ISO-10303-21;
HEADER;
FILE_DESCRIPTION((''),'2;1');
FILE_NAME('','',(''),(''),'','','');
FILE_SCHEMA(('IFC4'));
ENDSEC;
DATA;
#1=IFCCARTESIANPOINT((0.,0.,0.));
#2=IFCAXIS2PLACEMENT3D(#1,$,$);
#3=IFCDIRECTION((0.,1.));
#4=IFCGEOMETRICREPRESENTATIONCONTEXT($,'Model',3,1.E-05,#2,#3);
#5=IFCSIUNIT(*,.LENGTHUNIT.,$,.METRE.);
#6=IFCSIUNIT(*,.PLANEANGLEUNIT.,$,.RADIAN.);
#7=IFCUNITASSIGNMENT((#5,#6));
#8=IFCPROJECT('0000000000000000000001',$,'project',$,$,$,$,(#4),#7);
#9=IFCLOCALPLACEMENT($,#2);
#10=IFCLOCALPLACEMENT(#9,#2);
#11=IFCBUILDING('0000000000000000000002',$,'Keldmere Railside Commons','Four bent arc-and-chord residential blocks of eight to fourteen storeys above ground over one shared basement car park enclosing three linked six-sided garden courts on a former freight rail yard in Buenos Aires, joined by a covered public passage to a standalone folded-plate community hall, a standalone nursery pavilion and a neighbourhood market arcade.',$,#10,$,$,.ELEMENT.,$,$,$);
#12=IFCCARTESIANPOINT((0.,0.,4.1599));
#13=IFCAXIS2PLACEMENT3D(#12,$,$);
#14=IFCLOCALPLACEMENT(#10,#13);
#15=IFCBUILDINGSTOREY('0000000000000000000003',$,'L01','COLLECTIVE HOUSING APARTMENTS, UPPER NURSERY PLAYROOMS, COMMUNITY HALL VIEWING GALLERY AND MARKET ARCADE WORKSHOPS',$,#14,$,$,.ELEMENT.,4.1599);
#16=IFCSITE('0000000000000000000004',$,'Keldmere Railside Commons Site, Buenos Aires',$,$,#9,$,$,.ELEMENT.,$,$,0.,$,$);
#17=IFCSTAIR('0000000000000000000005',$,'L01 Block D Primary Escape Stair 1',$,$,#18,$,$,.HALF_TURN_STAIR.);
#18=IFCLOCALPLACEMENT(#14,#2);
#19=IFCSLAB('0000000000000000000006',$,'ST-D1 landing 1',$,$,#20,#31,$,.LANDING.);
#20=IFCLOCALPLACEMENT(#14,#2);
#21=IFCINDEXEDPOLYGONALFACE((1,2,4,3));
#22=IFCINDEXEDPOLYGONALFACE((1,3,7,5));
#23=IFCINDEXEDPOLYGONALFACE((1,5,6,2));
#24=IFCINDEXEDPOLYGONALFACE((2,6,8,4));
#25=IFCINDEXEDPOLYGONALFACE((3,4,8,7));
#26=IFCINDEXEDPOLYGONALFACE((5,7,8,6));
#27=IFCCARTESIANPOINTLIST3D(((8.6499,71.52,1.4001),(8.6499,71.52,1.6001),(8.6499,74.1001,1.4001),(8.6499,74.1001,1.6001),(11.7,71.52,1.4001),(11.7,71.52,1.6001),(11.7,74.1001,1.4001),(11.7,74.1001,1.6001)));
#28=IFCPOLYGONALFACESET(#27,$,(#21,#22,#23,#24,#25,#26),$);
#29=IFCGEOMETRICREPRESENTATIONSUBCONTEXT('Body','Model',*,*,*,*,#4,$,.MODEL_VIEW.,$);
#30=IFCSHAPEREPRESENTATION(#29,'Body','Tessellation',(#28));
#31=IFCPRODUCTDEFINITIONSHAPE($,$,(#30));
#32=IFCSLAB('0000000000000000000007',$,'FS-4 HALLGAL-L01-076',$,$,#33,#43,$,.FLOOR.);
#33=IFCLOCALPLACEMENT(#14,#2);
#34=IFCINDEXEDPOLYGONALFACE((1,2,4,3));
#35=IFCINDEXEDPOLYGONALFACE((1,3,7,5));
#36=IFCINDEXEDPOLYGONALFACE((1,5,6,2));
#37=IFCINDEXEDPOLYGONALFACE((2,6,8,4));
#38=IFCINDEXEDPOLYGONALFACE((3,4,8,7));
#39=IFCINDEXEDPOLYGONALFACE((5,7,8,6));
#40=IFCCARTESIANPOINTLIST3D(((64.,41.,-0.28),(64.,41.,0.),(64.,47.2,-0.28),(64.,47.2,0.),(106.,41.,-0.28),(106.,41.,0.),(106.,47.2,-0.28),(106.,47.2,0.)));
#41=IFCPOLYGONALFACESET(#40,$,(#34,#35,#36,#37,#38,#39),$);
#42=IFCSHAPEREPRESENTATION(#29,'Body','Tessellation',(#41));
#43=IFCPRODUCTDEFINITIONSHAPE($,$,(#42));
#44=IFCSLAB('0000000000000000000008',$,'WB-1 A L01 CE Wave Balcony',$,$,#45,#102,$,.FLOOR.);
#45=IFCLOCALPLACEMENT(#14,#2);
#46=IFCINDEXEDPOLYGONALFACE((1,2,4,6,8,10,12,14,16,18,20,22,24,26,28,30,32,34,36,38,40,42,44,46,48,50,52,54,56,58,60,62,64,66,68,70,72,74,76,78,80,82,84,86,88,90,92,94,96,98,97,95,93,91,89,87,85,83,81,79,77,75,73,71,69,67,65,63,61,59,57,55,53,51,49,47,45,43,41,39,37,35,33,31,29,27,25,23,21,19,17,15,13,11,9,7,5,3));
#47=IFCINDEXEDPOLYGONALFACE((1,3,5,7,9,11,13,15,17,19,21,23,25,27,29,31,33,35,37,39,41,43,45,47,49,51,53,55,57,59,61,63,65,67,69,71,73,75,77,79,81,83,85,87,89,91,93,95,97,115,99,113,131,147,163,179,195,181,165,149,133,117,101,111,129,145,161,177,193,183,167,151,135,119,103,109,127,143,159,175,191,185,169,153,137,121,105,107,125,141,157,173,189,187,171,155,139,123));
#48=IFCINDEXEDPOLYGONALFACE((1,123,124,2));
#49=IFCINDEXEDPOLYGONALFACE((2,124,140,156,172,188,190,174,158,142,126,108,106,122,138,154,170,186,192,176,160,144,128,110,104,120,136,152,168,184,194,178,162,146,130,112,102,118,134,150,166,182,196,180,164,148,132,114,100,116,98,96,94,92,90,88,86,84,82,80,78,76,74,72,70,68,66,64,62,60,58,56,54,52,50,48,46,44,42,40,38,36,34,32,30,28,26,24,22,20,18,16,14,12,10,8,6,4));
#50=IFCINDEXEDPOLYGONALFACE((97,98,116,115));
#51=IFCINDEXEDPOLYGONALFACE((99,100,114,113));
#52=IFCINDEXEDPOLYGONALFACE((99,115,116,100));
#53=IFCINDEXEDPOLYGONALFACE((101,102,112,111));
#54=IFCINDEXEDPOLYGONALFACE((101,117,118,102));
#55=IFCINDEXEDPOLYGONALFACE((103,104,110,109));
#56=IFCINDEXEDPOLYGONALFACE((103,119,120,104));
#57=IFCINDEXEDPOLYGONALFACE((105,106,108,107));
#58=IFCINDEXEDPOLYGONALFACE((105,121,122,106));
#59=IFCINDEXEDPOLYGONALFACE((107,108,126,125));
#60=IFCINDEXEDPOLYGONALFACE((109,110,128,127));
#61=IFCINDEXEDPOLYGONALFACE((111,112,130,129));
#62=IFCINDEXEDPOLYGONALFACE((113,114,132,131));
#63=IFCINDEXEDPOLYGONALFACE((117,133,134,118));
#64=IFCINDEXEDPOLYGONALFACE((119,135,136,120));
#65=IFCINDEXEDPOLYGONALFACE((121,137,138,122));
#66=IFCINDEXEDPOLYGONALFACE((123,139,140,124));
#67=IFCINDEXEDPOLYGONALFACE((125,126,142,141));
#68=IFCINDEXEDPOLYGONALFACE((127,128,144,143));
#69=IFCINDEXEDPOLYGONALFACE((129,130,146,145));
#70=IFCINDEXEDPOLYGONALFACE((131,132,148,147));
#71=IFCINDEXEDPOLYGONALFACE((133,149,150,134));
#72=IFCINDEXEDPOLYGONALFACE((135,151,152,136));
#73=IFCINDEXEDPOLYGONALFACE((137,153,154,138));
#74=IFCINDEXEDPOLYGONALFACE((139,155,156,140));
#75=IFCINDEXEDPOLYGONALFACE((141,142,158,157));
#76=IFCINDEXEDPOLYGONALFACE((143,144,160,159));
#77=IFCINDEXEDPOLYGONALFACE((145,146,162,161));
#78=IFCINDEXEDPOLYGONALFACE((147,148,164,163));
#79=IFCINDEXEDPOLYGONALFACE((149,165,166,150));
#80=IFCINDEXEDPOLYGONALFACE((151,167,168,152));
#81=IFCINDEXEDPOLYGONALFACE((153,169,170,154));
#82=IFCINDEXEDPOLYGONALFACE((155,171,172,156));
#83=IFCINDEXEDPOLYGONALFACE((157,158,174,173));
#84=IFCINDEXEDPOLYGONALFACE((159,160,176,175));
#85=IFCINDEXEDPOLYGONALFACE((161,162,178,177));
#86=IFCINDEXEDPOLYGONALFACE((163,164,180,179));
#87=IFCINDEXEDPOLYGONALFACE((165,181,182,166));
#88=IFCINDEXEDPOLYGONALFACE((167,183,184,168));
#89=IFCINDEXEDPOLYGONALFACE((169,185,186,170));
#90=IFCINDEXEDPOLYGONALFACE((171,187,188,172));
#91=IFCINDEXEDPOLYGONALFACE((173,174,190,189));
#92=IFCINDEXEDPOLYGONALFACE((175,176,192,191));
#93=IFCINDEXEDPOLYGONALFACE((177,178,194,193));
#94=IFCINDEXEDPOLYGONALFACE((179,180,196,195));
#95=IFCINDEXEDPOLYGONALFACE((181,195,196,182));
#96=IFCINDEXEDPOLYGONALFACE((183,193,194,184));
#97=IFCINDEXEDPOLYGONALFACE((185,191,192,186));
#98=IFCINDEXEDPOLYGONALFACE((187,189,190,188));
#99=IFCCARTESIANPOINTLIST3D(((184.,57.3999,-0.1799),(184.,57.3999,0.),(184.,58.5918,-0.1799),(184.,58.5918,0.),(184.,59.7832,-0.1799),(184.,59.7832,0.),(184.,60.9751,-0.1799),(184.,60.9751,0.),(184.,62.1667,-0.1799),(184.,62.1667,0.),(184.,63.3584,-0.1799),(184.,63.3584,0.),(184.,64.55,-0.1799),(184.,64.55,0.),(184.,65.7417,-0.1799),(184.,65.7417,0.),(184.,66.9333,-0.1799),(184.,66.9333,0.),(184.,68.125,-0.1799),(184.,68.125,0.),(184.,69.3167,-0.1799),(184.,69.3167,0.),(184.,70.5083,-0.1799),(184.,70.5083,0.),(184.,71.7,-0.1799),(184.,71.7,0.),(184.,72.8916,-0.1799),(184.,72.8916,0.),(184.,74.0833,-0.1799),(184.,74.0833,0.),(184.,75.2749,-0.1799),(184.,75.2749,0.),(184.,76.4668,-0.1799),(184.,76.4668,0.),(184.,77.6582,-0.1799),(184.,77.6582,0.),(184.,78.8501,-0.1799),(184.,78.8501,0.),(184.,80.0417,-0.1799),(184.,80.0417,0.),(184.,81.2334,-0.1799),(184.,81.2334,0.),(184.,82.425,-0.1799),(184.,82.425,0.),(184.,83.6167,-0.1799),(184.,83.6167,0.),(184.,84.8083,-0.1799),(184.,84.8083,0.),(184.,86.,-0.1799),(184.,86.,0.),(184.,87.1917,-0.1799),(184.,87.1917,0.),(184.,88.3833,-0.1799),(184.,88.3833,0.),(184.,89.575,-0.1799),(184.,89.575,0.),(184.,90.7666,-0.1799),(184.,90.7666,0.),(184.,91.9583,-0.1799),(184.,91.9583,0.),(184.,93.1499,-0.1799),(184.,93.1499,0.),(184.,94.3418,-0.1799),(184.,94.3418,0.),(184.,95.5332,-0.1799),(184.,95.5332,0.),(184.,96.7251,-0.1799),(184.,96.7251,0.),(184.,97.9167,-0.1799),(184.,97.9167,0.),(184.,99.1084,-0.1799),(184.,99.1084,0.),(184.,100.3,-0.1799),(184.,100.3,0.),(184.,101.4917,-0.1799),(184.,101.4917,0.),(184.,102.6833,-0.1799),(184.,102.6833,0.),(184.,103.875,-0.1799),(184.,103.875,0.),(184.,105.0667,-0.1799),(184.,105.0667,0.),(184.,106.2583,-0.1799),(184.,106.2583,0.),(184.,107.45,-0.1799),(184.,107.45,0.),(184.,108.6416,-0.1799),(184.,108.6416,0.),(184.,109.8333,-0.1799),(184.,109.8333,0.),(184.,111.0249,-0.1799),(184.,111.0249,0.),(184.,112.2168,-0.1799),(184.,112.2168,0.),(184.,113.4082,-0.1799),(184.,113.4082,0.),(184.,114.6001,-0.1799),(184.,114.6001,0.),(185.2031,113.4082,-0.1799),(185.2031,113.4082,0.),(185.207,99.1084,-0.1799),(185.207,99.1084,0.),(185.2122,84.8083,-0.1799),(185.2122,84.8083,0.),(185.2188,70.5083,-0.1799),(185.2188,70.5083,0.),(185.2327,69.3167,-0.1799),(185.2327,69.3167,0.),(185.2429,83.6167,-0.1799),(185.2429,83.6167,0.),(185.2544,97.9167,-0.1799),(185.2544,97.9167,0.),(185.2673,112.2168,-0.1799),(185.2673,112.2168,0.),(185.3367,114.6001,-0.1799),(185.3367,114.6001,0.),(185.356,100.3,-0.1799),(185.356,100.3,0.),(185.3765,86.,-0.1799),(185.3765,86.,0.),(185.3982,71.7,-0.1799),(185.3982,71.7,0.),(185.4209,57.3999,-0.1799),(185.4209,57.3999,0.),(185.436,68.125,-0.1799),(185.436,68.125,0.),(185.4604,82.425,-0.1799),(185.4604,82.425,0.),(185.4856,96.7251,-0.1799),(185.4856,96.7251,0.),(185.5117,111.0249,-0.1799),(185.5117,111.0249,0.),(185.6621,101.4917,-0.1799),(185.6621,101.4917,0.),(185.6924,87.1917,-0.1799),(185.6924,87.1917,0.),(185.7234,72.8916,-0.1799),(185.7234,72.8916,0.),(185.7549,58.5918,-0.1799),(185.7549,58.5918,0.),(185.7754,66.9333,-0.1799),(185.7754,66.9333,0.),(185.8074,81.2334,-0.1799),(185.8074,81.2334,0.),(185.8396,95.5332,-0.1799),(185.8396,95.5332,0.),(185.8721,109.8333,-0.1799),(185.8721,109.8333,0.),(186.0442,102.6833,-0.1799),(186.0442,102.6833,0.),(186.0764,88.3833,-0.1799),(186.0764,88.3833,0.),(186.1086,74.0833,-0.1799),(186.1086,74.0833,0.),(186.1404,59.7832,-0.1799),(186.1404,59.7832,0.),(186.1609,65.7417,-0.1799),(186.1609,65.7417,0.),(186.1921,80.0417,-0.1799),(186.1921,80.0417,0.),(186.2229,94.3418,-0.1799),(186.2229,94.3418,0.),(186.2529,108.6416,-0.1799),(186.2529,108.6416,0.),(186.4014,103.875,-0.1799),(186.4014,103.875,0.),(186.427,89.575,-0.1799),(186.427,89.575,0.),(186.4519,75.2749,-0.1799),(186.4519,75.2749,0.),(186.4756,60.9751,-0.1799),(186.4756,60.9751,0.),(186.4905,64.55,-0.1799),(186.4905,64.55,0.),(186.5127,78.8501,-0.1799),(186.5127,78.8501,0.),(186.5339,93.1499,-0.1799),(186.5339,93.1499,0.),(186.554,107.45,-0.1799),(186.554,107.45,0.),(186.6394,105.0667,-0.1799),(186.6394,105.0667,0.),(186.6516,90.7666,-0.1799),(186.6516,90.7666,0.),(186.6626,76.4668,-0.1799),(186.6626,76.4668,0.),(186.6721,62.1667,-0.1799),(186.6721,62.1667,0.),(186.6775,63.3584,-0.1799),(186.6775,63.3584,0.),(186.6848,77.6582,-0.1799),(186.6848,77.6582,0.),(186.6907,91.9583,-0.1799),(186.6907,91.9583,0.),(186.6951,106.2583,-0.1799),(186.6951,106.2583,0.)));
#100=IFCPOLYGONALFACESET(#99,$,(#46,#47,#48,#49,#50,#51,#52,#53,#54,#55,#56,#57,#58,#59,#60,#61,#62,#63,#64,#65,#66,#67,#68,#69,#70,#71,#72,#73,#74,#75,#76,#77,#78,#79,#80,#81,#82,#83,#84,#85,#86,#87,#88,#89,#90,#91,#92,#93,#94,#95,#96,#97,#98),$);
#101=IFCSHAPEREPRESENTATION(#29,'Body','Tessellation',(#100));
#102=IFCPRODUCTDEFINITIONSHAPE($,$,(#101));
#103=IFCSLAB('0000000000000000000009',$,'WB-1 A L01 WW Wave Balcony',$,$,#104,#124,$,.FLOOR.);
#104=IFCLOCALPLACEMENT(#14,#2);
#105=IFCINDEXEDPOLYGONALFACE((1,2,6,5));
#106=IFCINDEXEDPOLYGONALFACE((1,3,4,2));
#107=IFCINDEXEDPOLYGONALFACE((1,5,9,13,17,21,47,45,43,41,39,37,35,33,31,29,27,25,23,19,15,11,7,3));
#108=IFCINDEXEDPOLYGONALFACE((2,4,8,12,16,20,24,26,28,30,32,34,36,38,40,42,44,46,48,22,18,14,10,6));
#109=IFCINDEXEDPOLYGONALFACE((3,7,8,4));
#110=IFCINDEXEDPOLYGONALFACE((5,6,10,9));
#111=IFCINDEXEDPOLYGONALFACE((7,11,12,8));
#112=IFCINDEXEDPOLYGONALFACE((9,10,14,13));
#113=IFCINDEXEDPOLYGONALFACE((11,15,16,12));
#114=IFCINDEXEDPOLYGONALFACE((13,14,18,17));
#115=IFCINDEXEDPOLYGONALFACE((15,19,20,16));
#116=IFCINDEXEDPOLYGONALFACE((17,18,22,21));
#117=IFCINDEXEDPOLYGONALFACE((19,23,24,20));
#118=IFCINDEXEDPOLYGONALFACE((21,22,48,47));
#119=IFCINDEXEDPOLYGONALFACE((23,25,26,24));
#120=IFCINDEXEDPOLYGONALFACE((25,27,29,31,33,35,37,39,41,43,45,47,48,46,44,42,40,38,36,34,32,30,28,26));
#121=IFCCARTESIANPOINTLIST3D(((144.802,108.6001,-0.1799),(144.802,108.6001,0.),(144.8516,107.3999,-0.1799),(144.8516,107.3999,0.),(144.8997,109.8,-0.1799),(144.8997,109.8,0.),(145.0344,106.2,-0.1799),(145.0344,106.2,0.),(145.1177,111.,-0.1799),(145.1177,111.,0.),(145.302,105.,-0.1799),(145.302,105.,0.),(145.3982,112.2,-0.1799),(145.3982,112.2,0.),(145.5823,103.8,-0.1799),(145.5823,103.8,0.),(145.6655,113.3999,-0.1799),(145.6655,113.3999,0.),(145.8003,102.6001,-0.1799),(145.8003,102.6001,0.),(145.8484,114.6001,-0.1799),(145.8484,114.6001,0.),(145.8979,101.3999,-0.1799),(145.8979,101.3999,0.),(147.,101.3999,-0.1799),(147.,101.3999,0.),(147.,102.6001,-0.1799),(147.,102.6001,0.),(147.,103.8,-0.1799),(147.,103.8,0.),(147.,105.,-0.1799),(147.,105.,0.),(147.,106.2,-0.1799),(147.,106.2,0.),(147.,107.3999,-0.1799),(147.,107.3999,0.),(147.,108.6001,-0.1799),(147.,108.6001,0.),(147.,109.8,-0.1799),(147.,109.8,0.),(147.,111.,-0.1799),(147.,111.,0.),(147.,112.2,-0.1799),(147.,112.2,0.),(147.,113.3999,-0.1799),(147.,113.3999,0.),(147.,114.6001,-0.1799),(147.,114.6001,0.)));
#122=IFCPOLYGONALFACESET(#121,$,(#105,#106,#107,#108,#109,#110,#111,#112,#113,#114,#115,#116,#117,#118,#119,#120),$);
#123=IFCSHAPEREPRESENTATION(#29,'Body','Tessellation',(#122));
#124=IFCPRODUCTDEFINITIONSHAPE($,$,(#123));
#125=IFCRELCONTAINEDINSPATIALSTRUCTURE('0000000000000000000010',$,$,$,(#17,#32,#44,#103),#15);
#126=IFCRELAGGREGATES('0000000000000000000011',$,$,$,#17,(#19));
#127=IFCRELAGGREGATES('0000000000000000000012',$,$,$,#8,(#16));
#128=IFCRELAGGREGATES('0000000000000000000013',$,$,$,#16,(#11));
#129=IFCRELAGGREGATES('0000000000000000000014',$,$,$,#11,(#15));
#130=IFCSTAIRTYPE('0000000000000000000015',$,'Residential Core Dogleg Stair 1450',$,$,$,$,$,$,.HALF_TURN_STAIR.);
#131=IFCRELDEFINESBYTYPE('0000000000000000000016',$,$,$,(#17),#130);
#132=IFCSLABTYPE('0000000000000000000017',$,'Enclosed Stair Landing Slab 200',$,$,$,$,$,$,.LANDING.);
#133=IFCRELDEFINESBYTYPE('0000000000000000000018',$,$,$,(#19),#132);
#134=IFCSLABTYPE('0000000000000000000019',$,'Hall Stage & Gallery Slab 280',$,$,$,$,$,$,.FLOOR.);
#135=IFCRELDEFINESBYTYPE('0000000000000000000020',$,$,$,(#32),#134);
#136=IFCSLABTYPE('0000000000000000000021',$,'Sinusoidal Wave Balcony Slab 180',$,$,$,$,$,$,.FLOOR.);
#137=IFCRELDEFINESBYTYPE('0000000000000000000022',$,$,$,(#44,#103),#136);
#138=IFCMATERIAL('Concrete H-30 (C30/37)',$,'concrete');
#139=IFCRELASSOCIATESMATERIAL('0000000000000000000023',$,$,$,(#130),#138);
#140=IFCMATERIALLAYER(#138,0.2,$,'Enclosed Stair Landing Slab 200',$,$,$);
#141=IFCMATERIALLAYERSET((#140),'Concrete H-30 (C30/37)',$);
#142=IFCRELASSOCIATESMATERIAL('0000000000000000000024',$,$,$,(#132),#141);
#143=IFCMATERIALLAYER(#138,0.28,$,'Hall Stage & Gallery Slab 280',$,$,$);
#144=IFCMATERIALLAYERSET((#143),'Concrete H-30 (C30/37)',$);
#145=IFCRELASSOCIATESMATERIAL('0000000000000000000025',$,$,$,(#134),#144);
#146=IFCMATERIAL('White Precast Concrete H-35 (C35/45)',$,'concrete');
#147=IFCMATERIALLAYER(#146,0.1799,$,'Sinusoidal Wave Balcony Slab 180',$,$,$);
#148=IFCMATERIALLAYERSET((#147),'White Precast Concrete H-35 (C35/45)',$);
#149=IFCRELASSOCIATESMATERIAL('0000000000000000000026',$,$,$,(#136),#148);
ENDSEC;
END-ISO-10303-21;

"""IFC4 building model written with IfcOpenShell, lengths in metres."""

from ifc_helpers import new_model, si_unit, direction, frame, origin, place, context, subcontext, project, spatial, polyline, outline, extrude, material, layer, layer_set, type_object, element, aggregate, save


model = new_model("IFC4")

# Units and contexts
model_context = context("Model", 3, precision=1e-05, world=origin(), true_north=direction((0.0, 1.0)))
body_context = subcontext(model_context, "Body", "Model", "MODEL_VIEW")
ifc_project = project(units=[si_unit("LENGTHUNIT", "METRE"), si_unit("PLANEANGLEUNIT", "RADIAN")], contexts=[model_context])

# Site, building, storey
site_placement = place(None, origin())
site = spatial("IfcSite", under=ifc_project, at=site_placement, Name="Keldmere Railside Commons Site, Buenos Aires", CompositionType="ELEMENT", RefElevation=0.0)
building_placement = place(site_placement, origin())
building = spatial("IfcBuilding", under=site, at=building_placement, Name="Keldmere Railside Commons", Description="Four bent arc-and-chord residential blocks of eight to fourteen storeys above ground over one shared basement car park enclosing three linked six-sided garden courts on a former freight rail yard in Buenos Aires, joined by a covered public passage to a standalone folded-plate community hall, a standalone nursery pavilion and a neighbourhood market arcade.", CompositionType="ELEMENT")
storey_placement = place(building_placement, frame((0.0, 0.0, 4.1599)))
storey = spatial("IfcBuildingStorey", under=building, at=storey_placement, Name="L01", Description="COLLECTIVE HOUSING APARTMENTS, UPPER NURSERY PLAYROOMS, COMMUNITY HALL VIEWING GALLERY AND MARKET ARCADE WORKSHOPS", CompositionType="ELEMENT", Elevation=4.1599)

# Shared definitions
ifc_material_1 = material(Name="Concrete H-30 (C30/37)", Category="concrete")

# Stair, slab
stair_type = type_object("IfcStairType", Name="Residential Core Dogleg Stair 1450", PredefinedType="HALF_TURN_STAIR", material=ifc_material_1)
stair_placement = place(storey_placement, origin())
stair = element("IfcStair", 1, at=stair_placement, inside=storey, type_object=stair_type, Name="L01 Block D Primary Escape Stair 1", PredefinedType="HALF_TURN_STAIR")
ifc_layer_1 = layer(ifc_material_1, 0.2, Name="Enclosed Stair Landing Slab 200")
ifc_layer_set_1 = layer_set([ifc_layer_1], Name="Concrete H-30 (C30/37)")
slab_type_1 = type_object("IfcSlabType", Name="Enclosed Stair Landing Slab 200", PredefinedType="LANDING", material=ifc_layer_set_1)
slab_1_placement = place(storey_placement, frame((0.0, 0.0, 1.4001)))
slab_1 = element("IfcSlab", 2, at=slab_1_placement, type_object=slab_type_1, Name="ST-D1 landing 1", PredefinedType="LANDING", context=body_context, shape_type="SweptSolid", body=[
    extrude(outline(polyline([(11.7, 71.52), (11.7, 74.1001), (8.6499, 74.1001), (8.6499, 71.52), (11.7, 71.52)])), origin(), (0.0, 0.0, 1.0), 0.2),
])
aggregate(stair, [slab_1])

# Slabs
ifc_layer_2 = layer(ifc_material_1, 0.28, Name="Hall Stage & Gallery Slab 280")
ifc_layer_set_2 = layer_set([ifc_layer_2], Name="Concrete H-30 (C30/37)")
slab_type_2 = type_object("IfcSlabType", Name="Hall Stage & Gallery Slab 280", PredefinedType="FLOOR", material=ifc_layer_set_2)
slab_2_placement = place(storey_placement, frame((0.0, 0.0, -0.28)))
element("IfcSlab", 3, at=slab_2_placement, inside=storey, type_object=slab_type_2, Name="FS-4 HALLGAL-L01-076", PredefinedType="FLOOR", context=body_context, shape_type="SweptSolid", body=[
    extrude(outline(polyline([(106.0, 41.0), (106.0, 47.2), (64.0, 47.2), (64.0, 41.0), (106.0, 41.0)])), origin(), (0.0, 0.0, 1.0), 0.28),
])
ifc_material_2 = material(Name="White Precast Concrete H-35 (C35/45)", Category="concrete")
ifc_layer_3 = layer(ifc_material_2, 0.1799, Name="Sinusoidal Wave Balcony Slab 180")
ifc_layer_set_3 = layer_set([ifc_layer_3], Name="White Precast Concrete H-35 (C35/45)")
slab_type_3 = type_object("IfcSlabType", Name="Sinusoidal Wave Balcony Slab 180", PredefinedType="FLOOR", material=ifc_layer_set_3)
slab_3_placement = place(storey_placement, frame((0.0, 0.0, -0.1799)))
element("IfcSlab", 4, at=slab_3_placement, inside=storey, type_object=slab_type_3, Name="WB-1 A L01 CE Wave Balcony", PredefinedType="FLOOR", context=body_context, shape_type="SweptSolid", body=[
    extrude(outline(polyline([(185.4209, 57.3999), (185.7549, 58.5918), (186.1404, 59.7832), (186.4756, 60.9751), (186.6721, 62.1667), (186.6775, 63.3584), (186.4905, 64.55), (186.1609, 65.7417), (185.7754, 66.9333), (185.436, 68.125), (185.2327, 69.3167), (185.2188, 70.5083), (185.3982, 71.7), (185.7234, 72.8916), (186.1086, 74.0833), (186.4519, 75.2749), (186.6626, 76.4668), (186.6848, 77.6582), (186.5127, 78.8501), (186.1921, 80.0417), (185.8074, 81.2334), (185.4604, 82.425), (185.2429, 83.6167), (185.2122, 84.8083), (185.3765, 86.0), (185.6924, 87.1917), (186.0764, 88.3833), (186.427, 89.575), (186.6516, 90.7666), (186.6907, 91.9583), (186.5339, 93.1499), (186.2229, 94.3418), (185.8396, 95.5332), (185.4856, 96.7251), (185.2544, 97.9167), (185.207, 99.1084), (185.356, 100.3), (185.6621, 101.4917), (186.0442, 102.6833), (186.4014, 103.875), (186.6394, 105.0667), (186.6951, 106.2583), (186.554, 107.45), (186.2529, 108.6416), (185.8721, 109.8333), (185.5117, 111.0249), (185.2673, 112.2168), (185.2031, 113.4082), (185.3367, 114.6001), (184.0, 114.6001), (184.0, 113.4082), (184.0, 112.2168), (184.0, 111.0249), (184.0, 109.8333), (184.0, 108.6416), (184.0, 107.45), (184.0, 106.2583), (184.0, 105.0667), (184.0, 103.875), (184.0, 102.6833), (184.0, 101.4917), (184.0, 100.3), (184.0, 99.1084), (184.0, 97.9167), (184.0, 96.7251), (184.0, 95.5332), (184.0, 94.3418), (184.0, 93.1499), (184.0, 91.9583), (184.0, 90.7666), (184.0, 89.575), (184.0, 88.3833), (184.0, 87.1917), (184.0, 86.0), (184.0, 84.8083), (184.0, 83.6167), (184.0, 82.425), (184.0, 81.2334), (184.0, 80.0417), (184.0, 78.8501), (184.0, 77.6582), (184.0, 76.4668), (184.0, 75.2749), (184.0, 74.0833), (184.0, 72.8916), (184.0, 71.7), (184.0, 70.5083), (184.0, 69.3167), (184.0, 68.125), (184.0, 66.9333), (184.0, 65.7417), (184.0, 64.55), (184.0, 63.3584), (184.0, 62.1667), (184.0, 60.9751), (184.0, 59.7832), (184.0, 58.5918), (184.0, 57.3999), (185.4209, 57.3999)])), origin(), (0.0, 0.0, 1.0), 0.1799),
])
slab_4_placement = place(storey_placement, frame((0.0, 0.0, -0.1799)))
element("IfcSlab", 5, at=slab_4_placement, inside=storey, type_object=slab_type_3, Name="WB-1 A L01 WW Wave Balcony", PredefinedType="FLOOR", context=body_context, shape_type="SweptSolid", body=[
    extrude(outline(polyline([(147.0, 101.3999), (147.0, 102.6001), (147.0, 103.8), (147.0, 105.0), (147.0, 106.2), (147.0, 107.3999), (147.0, 108.6001), (147.0, 109.8), (147.0, 111.0), (147.0, 112.2), (147.0, 113.3999), (147.0, 114.6001), (145.8484, 114.6001), (145.6655, 113.3999), (145.3982, 112.2), (145.1177, 111.0), (144.8997, 109.8), (144.802, 108.6001), (144.8516, 107.3999), (145.0344, 106.2), (145.302, 105.0), (145.5823, 103.8), (145.8003, 102.6001), (145.8979, 101.3999), (147.0, 101.3999)])), origin(), (0.0, 0.0, 1.0), 0.1799),
])

save(model, "model.ifc")
